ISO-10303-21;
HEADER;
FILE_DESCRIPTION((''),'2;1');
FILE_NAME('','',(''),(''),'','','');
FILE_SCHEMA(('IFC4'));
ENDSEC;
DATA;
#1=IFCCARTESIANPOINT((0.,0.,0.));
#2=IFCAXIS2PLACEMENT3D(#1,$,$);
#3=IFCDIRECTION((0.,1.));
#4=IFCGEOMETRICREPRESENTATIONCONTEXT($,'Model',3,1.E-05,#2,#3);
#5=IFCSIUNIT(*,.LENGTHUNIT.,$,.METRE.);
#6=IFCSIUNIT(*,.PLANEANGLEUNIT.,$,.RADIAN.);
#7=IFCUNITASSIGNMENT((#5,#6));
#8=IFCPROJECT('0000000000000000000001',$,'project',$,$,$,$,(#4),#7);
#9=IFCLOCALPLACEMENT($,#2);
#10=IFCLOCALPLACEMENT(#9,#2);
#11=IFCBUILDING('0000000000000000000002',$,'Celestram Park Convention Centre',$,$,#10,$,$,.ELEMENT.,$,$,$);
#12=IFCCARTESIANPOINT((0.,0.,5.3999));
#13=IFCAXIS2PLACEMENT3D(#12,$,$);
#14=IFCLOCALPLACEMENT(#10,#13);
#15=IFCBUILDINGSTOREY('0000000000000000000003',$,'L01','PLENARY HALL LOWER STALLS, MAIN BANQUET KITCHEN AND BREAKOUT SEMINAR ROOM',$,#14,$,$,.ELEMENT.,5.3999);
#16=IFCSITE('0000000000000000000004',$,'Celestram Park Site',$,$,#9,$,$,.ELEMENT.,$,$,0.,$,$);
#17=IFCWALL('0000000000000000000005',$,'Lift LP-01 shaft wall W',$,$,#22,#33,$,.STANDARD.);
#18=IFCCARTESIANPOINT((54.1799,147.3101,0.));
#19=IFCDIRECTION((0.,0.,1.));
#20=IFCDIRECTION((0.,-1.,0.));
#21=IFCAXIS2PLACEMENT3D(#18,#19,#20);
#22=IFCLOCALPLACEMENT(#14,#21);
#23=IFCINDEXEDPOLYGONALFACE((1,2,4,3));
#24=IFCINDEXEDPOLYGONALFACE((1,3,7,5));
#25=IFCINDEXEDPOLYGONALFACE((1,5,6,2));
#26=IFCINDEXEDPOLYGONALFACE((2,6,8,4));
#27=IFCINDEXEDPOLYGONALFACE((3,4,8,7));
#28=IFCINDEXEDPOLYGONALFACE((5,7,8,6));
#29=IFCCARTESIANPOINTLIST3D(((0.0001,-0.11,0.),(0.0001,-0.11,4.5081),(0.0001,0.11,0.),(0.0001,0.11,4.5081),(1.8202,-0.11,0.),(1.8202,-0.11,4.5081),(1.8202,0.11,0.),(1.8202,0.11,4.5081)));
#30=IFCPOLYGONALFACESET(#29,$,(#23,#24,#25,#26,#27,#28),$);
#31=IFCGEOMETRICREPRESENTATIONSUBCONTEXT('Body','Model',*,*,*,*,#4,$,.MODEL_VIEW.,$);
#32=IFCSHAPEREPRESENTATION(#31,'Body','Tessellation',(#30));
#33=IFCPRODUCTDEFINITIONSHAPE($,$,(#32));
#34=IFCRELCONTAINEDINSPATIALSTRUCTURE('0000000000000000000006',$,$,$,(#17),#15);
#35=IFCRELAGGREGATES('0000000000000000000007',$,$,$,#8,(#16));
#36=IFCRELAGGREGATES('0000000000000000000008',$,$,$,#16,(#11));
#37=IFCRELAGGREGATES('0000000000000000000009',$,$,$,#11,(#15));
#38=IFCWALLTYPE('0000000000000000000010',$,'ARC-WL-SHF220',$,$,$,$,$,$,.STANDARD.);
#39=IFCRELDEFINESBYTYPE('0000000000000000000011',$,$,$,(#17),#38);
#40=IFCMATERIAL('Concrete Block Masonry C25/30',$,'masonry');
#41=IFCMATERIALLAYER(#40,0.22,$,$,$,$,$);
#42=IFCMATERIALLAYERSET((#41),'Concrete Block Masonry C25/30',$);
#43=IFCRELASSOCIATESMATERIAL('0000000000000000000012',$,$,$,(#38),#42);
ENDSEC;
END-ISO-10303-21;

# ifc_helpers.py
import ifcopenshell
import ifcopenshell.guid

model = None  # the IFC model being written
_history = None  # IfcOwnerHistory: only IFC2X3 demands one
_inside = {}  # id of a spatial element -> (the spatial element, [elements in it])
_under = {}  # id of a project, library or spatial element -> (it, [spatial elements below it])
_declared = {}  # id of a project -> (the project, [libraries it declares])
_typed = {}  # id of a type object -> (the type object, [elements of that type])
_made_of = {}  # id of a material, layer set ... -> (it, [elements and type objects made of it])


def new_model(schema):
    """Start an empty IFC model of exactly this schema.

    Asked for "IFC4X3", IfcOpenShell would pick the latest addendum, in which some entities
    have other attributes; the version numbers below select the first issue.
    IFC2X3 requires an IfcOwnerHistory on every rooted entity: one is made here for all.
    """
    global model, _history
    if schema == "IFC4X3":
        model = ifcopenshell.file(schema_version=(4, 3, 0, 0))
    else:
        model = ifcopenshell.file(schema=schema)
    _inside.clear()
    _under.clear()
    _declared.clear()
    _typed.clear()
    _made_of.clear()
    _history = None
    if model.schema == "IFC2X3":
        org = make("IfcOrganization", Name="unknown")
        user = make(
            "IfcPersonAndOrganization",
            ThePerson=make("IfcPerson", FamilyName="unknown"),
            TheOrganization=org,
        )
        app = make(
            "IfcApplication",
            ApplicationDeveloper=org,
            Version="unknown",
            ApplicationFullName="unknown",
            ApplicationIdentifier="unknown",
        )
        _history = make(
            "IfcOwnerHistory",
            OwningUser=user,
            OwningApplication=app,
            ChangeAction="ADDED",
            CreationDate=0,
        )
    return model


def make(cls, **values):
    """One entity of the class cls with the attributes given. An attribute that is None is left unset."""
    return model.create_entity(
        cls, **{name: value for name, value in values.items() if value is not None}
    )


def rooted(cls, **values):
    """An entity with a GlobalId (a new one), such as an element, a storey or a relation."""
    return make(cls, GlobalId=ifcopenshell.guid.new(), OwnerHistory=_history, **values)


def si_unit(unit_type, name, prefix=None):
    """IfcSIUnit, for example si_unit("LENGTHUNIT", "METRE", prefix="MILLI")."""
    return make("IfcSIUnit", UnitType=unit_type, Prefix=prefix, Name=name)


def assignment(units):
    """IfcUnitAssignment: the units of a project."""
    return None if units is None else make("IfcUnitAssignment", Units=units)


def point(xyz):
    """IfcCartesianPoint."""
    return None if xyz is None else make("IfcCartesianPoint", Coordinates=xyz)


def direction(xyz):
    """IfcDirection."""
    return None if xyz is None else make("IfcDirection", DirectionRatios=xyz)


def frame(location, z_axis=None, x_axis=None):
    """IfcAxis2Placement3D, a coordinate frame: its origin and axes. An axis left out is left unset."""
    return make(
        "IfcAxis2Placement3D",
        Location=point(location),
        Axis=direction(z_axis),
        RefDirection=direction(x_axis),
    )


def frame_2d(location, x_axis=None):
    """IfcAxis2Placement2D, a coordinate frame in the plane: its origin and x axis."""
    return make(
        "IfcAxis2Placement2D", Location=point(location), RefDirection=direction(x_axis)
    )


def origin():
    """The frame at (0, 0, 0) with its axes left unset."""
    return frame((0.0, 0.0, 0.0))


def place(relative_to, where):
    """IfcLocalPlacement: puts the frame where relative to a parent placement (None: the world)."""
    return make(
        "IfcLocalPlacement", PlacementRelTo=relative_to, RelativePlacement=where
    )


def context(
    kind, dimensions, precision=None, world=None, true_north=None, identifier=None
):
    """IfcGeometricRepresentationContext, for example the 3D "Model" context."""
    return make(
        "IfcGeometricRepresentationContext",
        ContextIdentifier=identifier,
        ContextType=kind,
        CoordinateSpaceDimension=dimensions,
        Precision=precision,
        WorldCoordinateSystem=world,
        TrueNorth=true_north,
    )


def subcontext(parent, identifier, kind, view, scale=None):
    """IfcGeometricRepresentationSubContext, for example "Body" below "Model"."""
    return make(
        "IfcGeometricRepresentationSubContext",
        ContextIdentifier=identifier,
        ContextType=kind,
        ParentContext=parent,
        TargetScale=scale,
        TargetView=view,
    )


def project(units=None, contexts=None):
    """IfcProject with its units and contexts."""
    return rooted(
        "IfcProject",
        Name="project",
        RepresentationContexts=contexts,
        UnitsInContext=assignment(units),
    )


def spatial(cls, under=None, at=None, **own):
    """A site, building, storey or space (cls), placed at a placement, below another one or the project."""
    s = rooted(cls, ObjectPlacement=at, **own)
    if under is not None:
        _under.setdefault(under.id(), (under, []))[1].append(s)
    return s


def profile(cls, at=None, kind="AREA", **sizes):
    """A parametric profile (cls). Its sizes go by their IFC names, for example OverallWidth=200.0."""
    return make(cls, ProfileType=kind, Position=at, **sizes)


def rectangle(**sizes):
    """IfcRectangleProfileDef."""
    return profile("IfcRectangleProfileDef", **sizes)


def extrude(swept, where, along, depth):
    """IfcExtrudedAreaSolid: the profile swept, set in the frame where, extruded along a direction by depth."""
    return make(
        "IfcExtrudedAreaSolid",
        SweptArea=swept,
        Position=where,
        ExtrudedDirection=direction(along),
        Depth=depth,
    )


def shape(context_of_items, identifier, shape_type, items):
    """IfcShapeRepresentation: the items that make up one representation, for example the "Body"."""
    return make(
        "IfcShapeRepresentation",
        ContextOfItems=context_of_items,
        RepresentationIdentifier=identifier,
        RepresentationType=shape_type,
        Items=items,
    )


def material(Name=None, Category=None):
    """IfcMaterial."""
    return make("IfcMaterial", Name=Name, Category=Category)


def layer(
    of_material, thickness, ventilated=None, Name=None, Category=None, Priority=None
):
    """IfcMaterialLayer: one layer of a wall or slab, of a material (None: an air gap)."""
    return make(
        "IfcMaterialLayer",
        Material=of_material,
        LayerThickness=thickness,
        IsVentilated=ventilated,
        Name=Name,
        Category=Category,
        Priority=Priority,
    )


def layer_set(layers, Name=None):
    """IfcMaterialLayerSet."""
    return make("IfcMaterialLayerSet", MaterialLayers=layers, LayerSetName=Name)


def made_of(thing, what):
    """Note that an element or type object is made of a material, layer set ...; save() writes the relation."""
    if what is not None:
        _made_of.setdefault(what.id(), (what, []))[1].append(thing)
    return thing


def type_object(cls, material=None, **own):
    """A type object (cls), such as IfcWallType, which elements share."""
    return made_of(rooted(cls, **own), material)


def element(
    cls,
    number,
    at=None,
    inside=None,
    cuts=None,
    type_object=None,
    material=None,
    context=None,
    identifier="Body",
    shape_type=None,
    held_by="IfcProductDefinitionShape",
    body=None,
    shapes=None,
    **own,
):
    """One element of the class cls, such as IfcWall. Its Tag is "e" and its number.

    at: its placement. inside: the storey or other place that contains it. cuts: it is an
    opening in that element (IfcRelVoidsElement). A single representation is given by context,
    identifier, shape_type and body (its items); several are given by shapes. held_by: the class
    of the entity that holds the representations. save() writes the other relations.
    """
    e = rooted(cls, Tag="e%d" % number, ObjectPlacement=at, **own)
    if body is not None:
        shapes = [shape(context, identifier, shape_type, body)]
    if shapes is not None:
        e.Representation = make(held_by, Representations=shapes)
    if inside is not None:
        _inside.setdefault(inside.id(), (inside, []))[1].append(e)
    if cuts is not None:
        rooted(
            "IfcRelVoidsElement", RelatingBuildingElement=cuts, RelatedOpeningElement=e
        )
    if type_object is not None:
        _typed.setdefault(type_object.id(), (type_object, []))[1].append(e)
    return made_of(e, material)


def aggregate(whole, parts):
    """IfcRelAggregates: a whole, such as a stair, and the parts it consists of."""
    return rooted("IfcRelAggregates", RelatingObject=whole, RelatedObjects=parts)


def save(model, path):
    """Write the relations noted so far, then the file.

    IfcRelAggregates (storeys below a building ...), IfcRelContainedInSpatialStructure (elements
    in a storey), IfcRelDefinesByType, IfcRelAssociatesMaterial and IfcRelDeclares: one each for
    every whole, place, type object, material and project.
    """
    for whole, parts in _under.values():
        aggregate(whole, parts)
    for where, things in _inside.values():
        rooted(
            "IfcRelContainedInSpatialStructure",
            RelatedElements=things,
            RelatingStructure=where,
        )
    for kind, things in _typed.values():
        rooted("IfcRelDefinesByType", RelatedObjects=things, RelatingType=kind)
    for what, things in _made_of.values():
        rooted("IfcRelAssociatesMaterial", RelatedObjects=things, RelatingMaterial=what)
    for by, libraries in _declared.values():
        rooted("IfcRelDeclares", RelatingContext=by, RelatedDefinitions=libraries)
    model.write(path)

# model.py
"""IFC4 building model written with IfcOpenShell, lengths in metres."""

from ifc_helpers import new_model, si_unit, direction, frame, frame_2d, origin, place, context, subcontext, project, spatial, rectangle, extrude, material, layer, layer_set, type_object, element, save


model = new_model("IFC4")

# Units and contexts
model_context = context("Model", 3, precision=1e-05, world=origin(), true_north=direction((0.0, 1.0)))
body_context = subcontext(model_context, "Body", "Model", "MODEL_VIEW")
ifc_project = project(units=[si_unit("LENGTHUNIT", "METRE"), si_unit("PLANEANGLEUNIT", "RADIAN")], contexts=[model_context])

# Site, building, storey
site_placement = place(None, origin())
site = spatial("IfcSite", under=ifc_project, at=site_placement, Name="Celestram Park Site", CompositionType="ELEMENT", RefElevation=0.0)
building_placement = place(site_placement, origin())
building = spatial("IfcBuilding", under=site, at=building_placement, Name="Celestram Park Convention Centre", CompositionType="ELEMENT")
storey_placement = place(building_placement, frame((0.0, 0.0, 5.3999)))
storey = spatial("IfcBuildingStorey", under=building, at=storey_placement, Name="L01", Description="PLENARY HALL LOWER STALLS, MAIN BANQUET KITCHEN AND BREAKOUT SEMINAR ROOM", CompositionType="ELEMENT", Elevation=5.3999)

# Shared definitions
ifc_material_1 = material(Name="Concrete Block Masonry C25/30", Category="masonry")

# Shared definitions
ifc_layer_1 = layer(ifc_material_1, 0.22)
ifc_layer_set_1 = layer_set([ifc_layer_1], Name="Concrete Block Masonry C25/30")
wall_type_1 = type_object("IfcWallType", Name="ARC-WL-SHF220", PredefinedType="STANDARD", material=ifc_layer_set_1)

# Wall
wall_1_placement = place(storey_placement, frame((54.1799, 147.3101, 0.0), z_axis=(0.0, 0.0, 1.0), x_axis=(0.0, -1.0, 0.0)))
element("IfcWall", 1, at=wall_1_placement, inside=storey, type_object=wall_type_1, Name="Lift LP-01 shaft wall W", PredefinedType="STANDARD", context=body_context, shape_type="SweptSolid", body=[
    extrude(rectangle(XDim=1.8201, YDim=0.22, at=frame_2d((0.9102, 0.0))), origin(), (0.0, 0.0, 1.0), 4.5081),
])

save(model, "model.ifc")
